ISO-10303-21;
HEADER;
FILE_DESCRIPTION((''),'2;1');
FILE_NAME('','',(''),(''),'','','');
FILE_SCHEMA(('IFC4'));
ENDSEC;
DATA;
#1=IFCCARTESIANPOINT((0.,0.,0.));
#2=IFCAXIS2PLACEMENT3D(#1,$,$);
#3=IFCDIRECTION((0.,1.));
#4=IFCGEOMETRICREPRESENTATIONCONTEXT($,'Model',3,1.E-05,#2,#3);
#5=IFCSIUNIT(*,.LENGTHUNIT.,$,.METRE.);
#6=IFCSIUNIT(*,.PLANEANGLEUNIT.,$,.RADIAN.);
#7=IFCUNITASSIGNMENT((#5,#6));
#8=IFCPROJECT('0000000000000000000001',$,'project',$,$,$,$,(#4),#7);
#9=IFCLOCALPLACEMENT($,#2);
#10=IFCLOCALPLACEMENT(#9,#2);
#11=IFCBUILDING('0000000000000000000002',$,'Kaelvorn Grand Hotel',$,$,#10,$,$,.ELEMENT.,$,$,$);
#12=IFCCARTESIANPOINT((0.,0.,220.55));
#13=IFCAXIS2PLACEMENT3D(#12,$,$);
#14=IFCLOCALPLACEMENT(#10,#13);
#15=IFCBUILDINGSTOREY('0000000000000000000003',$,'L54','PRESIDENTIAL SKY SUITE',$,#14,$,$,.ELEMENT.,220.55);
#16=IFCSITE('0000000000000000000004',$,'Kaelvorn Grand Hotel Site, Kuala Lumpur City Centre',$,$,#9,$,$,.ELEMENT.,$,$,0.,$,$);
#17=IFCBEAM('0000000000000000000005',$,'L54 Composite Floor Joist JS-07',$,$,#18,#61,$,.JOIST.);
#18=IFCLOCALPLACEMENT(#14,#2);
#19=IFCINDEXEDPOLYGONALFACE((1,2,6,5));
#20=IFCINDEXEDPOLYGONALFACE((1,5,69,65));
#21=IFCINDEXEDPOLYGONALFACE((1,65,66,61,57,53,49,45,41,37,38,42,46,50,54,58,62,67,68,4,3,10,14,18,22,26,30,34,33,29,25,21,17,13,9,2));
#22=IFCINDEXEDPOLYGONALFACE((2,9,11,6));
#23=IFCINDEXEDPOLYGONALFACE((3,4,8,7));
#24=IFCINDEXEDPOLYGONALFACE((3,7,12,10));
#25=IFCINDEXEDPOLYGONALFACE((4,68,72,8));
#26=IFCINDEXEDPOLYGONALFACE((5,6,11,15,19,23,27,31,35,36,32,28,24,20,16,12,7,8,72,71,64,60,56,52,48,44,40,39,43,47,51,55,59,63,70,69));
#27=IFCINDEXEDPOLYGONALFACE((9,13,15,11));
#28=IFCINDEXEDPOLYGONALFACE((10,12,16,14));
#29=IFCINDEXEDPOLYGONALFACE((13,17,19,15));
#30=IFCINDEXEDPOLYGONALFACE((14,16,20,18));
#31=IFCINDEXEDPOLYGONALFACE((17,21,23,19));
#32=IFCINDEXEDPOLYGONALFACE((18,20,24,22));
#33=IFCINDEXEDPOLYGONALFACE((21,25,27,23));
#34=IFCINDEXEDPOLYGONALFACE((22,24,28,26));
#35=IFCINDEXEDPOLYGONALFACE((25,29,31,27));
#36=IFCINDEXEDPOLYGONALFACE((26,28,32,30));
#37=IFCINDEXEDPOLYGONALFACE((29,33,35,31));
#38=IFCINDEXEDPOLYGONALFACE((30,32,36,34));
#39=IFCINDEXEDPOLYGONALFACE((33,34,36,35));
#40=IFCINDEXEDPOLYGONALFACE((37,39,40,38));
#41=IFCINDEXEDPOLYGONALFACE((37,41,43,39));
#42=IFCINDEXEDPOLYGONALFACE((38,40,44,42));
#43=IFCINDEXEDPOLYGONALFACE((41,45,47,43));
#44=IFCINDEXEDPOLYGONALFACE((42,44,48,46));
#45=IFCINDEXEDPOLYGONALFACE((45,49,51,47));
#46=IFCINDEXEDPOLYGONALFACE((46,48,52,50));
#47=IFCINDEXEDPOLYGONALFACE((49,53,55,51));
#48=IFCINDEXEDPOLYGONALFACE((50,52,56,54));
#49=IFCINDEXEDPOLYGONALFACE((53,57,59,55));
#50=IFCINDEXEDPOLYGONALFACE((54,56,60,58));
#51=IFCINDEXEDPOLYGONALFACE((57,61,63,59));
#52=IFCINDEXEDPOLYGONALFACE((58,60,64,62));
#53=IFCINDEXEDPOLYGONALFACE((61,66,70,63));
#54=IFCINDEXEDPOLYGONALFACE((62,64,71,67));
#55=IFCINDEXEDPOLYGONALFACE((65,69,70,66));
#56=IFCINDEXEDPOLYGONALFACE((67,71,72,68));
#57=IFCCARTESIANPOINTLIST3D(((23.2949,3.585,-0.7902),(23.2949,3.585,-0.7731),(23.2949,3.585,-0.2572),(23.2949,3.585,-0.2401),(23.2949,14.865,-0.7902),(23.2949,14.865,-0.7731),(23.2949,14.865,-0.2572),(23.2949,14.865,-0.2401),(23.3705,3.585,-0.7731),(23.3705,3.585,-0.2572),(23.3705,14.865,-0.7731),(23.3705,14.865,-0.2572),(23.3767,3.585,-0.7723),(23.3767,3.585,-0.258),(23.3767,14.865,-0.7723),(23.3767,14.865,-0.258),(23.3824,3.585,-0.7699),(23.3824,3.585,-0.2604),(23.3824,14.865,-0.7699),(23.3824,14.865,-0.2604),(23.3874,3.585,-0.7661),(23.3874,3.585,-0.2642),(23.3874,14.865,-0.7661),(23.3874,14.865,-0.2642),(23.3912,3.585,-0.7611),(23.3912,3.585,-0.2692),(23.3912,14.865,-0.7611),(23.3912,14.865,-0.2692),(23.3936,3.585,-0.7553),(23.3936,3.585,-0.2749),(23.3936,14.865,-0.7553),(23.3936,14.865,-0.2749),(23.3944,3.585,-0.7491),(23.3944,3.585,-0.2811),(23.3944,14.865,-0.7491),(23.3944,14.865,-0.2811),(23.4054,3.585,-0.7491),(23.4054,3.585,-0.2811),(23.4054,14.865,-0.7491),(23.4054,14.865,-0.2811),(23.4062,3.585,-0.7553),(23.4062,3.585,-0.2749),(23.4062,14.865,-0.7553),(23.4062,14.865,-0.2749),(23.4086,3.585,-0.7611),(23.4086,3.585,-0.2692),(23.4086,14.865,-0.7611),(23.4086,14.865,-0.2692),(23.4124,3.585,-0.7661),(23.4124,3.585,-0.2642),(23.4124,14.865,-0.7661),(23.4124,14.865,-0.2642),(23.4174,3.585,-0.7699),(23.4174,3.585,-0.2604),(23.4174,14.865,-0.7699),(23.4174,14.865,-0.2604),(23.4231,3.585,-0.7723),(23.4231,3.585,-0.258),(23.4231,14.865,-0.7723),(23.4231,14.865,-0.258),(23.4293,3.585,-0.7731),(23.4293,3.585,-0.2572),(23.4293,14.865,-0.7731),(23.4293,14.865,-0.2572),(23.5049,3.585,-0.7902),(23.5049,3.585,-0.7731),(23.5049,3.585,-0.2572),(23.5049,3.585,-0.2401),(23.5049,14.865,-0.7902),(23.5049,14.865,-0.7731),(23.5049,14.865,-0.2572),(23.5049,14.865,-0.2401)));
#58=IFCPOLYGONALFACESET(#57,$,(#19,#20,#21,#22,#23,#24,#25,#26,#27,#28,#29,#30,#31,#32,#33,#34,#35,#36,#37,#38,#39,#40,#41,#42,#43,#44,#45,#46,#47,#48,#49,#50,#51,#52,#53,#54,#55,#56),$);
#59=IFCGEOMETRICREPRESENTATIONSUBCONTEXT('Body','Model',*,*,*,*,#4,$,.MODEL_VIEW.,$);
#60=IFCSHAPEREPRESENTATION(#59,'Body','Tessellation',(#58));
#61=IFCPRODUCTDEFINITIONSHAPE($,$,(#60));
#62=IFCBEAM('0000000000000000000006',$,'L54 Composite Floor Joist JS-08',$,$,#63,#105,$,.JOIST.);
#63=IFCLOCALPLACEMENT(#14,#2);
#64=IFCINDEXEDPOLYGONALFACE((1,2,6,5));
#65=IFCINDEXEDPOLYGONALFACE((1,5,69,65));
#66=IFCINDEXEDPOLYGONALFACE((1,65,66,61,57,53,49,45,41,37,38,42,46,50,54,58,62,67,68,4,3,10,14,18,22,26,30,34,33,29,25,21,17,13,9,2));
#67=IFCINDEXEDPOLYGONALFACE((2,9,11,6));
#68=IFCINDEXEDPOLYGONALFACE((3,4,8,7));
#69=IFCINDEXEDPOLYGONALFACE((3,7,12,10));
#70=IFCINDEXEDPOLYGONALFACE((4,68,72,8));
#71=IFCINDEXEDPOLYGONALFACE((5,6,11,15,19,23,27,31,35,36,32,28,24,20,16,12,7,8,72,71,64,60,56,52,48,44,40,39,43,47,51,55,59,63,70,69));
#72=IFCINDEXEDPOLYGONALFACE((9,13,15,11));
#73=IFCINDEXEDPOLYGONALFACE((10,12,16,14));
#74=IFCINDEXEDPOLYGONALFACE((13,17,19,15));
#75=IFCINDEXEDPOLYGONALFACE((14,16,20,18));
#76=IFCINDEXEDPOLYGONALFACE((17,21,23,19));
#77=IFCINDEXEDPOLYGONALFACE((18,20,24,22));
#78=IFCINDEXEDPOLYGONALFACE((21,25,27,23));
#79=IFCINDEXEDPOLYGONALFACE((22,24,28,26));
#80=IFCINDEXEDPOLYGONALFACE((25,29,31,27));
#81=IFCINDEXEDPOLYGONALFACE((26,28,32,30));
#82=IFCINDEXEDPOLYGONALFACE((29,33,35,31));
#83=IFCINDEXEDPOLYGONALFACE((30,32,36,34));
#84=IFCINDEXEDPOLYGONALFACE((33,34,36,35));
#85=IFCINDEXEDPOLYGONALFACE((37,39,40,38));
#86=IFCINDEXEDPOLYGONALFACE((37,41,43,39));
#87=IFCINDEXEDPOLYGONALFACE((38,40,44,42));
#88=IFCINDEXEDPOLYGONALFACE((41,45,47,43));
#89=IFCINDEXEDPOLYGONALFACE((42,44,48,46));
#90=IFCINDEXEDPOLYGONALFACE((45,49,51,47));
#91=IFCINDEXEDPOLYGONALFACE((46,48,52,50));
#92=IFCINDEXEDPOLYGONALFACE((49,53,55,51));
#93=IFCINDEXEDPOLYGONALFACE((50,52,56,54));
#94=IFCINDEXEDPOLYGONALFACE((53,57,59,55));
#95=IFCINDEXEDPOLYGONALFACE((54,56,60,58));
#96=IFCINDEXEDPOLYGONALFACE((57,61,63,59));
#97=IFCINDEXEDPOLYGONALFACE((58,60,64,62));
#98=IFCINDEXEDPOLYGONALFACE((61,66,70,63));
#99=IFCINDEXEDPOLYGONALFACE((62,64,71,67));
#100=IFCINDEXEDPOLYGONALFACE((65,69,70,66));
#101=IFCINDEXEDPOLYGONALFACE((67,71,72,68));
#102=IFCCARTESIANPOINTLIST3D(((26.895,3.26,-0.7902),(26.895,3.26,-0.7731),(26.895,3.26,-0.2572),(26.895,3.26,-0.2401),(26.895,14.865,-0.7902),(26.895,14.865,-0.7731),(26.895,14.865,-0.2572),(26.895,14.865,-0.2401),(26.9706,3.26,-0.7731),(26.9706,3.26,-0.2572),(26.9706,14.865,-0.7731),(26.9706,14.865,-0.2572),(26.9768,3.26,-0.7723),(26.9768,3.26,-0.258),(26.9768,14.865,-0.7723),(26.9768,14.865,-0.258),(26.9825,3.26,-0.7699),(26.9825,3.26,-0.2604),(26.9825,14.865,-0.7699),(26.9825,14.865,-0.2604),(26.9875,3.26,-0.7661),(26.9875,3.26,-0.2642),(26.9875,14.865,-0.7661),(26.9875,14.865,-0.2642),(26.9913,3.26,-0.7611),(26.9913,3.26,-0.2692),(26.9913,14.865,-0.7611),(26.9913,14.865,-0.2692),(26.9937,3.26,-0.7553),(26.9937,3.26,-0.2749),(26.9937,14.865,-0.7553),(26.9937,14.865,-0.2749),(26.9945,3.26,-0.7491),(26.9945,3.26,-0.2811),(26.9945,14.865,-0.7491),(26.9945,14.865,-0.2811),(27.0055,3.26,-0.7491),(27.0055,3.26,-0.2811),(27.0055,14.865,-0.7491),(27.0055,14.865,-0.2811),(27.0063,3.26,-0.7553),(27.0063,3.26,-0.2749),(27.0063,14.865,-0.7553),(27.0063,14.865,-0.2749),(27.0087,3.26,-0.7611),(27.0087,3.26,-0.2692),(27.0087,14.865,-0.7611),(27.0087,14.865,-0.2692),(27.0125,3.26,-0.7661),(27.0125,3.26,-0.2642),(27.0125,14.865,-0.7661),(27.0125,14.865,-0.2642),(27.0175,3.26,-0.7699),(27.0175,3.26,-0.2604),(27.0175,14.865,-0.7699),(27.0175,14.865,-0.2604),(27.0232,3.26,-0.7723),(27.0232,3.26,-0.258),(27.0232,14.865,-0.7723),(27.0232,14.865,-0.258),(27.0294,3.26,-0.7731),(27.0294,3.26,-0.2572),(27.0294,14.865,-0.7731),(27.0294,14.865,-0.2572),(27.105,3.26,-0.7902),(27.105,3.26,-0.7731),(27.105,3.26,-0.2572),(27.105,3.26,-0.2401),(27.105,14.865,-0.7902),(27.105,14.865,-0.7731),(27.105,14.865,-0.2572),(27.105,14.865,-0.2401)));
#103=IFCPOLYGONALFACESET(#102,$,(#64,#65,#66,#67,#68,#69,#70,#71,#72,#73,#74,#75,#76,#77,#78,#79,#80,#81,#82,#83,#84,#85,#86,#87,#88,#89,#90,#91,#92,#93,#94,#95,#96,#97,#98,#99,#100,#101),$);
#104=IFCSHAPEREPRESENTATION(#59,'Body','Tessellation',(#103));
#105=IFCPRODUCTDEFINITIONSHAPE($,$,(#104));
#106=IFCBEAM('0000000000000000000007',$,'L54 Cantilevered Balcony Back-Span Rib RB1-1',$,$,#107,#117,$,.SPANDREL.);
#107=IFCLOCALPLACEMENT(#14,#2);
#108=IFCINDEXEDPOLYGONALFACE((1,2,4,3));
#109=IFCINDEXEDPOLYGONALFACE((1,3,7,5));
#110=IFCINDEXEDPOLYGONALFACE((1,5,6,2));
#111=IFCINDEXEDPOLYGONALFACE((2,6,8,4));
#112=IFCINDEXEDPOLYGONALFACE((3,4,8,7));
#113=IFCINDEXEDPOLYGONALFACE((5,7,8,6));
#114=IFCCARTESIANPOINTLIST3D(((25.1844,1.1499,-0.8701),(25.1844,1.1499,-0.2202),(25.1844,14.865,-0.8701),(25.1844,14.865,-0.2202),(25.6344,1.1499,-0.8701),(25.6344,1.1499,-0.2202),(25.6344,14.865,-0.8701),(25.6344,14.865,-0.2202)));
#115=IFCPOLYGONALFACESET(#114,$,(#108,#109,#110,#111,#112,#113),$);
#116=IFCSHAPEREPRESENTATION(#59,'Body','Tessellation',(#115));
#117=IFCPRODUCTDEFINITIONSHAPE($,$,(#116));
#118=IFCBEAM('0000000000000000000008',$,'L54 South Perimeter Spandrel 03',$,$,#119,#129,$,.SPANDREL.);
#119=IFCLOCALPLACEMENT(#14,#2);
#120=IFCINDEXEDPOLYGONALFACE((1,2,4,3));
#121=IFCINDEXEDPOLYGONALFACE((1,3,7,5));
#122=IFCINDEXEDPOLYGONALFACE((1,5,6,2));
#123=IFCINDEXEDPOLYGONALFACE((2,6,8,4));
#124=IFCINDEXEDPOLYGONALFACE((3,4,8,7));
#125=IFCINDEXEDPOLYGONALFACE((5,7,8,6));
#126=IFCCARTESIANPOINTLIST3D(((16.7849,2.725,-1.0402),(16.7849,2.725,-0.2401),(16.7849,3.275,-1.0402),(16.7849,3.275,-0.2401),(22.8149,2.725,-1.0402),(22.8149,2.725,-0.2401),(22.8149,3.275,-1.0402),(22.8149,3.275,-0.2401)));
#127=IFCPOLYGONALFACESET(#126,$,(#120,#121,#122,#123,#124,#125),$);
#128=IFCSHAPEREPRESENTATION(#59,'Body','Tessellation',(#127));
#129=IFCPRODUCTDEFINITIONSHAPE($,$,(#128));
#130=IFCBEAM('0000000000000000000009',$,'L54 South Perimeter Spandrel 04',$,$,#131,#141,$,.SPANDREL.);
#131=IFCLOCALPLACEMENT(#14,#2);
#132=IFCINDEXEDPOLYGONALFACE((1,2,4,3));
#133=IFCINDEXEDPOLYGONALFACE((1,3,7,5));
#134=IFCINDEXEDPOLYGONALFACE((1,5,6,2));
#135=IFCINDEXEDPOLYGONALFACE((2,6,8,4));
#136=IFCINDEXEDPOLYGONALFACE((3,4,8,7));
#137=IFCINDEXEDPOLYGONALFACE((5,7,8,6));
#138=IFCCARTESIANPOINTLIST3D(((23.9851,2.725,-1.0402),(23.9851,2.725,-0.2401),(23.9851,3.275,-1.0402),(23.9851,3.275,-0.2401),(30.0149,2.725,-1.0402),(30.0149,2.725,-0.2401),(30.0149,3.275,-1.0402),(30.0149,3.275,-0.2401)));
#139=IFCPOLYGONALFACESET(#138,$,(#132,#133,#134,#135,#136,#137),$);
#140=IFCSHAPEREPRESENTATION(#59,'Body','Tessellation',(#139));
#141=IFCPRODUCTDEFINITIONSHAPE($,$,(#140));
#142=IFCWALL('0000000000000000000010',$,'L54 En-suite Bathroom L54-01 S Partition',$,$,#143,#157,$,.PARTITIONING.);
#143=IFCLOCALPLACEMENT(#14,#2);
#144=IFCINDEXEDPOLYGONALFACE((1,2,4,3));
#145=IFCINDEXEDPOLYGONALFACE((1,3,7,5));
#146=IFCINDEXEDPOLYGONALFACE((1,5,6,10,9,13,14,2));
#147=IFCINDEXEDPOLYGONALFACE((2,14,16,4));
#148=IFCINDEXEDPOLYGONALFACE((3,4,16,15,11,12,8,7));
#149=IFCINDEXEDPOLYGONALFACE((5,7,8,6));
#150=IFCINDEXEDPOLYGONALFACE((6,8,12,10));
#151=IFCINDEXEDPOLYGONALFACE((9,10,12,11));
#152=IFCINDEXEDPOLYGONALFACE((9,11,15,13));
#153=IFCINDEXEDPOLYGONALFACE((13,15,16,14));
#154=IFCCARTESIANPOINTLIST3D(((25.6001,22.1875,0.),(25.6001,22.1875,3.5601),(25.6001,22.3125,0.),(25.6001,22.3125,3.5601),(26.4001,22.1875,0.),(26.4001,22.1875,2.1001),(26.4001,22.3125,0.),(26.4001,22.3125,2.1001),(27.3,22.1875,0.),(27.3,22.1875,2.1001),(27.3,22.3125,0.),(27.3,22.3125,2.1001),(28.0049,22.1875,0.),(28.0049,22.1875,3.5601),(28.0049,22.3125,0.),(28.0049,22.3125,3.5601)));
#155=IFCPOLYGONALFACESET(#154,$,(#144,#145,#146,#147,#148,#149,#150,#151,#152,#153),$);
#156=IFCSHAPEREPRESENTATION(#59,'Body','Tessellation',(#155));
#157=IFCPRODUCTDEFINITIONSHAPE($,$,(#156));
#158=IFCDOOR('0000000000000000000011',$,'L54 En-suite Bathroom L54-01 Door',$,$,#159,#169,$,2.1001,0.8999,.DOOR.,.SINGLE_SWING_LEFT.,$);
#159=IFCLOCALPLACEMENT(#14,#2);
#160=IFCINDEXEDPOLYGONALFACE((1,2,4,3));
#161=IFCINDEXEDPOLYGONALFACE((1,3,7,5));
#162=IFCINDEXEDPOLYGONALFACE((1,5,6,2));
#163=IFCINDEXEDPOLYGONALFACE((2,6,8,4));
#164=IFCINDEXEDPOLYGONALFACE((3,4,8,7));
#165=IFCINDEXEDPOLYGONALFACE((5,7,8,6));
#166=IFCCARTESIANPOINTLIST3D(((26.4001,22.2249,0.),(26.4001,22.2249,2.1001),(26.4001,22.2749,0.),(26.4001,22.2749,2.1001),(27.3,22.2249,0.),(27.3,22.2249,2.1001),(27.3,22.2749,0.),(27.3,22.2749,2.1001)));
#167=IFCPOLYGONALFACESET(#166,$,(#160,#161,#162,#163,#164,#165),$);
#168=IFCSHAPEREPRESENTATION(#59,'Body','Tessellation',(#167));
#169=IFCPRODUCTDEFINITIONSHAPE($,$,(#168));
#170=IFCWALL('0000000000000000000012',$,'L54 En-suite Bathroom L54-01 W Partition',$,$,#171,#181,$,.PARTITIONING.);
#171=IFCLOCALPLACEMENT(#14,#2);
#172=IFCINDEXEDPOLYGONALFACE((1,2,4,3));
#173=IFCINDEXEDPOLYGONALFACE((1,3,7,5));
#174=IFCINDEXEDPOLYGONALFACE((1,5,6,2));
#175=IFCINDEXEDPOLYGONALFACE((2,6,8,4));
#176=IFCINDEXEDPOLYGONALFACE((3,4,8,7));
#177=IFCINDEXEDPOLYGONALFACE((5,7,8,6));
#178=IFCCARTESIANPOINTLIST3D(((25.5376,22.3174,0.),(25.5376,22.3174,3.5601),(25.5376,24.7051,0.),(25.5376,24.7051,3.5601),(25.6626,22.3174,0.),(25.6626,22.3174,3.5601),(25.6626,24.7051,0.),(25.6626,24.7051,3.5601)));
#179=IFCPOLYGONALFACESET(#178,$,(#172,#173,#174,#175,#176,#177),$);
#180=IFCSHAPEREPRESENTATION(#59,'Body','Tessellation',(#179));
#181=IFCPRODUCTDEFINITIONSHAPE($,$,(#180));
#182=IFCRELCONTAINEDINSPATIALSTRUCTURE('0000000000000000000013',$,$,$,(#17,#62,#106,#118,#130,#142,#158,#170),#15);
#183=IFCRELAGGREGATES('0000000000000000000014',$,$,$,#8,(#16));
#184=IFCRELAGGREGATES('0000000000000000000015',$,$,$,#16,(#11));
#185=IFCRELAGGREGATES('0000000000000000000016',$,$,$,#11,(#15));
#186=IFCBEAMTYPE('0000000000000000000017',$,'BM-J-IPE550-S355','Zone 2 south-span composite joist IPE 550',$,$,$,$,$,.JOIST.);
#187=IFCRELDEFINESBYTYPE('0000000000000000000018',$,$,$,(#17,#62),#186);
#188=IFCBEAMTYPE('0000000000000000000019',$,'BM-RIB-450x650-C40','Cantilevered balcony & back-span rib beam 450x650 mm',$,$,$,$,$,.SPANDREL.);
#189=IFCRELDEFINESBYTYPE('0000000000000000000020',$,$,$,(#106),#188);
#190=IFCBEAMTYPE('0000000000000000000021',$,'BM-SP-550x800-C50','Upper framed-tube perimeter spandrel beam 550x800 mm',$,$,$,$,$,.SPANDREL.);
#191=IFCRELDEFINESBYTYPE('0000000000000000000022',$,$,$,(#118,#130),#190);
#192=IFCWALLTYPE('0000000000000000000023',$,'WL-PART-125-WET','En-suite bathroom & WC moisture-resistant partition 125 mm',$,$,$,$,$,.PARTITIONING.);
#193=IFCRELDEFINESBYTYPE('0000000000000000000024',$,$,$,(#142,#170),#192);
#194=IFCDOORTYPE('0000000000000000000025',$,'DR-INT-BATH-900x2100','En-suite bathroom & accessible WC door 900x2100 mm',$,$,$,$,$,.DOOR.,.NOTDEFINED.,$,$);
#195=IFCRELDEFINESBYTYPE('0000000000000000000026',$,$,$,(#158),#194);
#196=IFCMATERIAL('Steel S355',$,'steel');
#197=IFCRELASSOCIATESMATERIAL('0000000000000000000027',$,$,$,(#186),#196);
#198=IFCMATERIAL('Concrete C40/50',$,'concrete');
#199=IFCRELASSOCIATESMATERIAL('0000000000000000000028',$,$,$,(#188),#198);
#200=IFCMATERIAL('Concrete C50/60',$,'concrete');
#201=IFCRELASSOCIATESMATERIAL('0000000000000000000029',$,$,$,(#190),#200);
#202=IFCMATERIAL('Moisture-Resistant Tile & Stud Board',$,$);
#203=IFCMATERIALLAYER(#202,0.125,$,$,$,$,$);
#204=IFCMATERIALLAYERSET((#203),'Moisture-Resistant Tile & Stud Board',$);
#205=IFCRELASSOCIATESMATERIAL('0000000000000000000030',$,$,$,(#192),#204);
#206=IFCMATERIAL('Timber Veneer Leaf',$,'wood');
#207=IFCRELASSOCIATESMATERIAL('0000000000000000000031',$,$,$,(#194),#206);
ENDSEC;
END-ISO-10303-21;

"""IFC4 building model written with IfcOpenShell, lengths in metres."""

from ifc_helpers import new_model, si_unit, direction, frame, frame_2d, origin, origin_2d, place, context, subcontext, project, spatial, rectangle, i_section, extrude, material, layer, layer_set, material_profile, profile_set, type_object, element, fill, save


model = new_model("IFC4")

# Units and contexts
model_context = context("Model", 3, precision=1e-05, world=origin(), true_north=direction((0.0, 1.0)))
body_context = subcontext(model_context, "Body", "Model", "MODEL_VIEW")
ifc_project = project(units=[si_unit("LENGTHUNIT", "METRE"), si_unit("PLANEANGLEUNIT", "RADIAN")], contexts=[model_context])

# Site, building, storey
site_placement = place(None, origin())
site = spatial("IfcSite", under=ifc_project, at=site_placement, Name="Kaelvorn Grand Hotel Site, Kuala Lumpur City Centre", CompositionType="ELEMENT", RefElevation=0.0)
building_placement = place(site_placement, origin())
building = spatial("IfcBuilding", under=site, at=building_placement, Name="Kaelvorn Grand Hotel", CompositionType="ELEMENT")
storey_placement = place(building_placement, frame((0.0, 0.0, 220.55)))
storey = spatial("IfcBuildingStorey", under=building, at=storey_placement, Name="L54", Description="PRESIDENTIAL SKY SUITE", CompositionType="ELEMENT", Elevation=220.55)

# Beams
ifc_material_1 = material(Name="Steel S355", Category="steel")
ifc_material_profile_1 = material_profile(ifc_material_1, i_section(OverallWidth=0.21, OverallDepth=0.55, WebThickness=0.011, FlangeThickness=0.0171, FilletRadius=0.0239, at=origin_2d()), Name="IPE 550")
ifc_profile_set_1 = profile_set([ifc_material_profile_1], Name="Steel S355")
beam_type_1 = type_object("IfcBeamType", Name="BM-J-IPE550-S355", Description="Zone 2 south-span composite joist IPE 550", PredefinedType="JOIST", material=ifc_profile_set_1)
beam_1_placement = place(storey_placement, frame((23.3999, 3.585, -0.5151), z_axis=(0.0, 1.0, 0.0), x_axis=(-1.0, 0.0, 0.0)))
element("IfcBeam", 1, at=beam_1_placement, inside=storey, type_object=beam_type_1, Name="L54 Composite Floor Joist JS-07", PredefinedType="JOIST", context=body_context, shape_type="SweptSolid", body=[
    extrude(i_section(OverallWidth=0.21, OverallDepth=0.55, WebThickness=0.011, FlangeThickness=0.0171, FilletRadius=0.0239, at=origin_2d()), origin(), (0.0, 0.0, 1.0), 11.28),
])
beam_2_placement = place(storey_placement, frame((27.0, 3.26, -0.5151), z_axis=(0.0, 1.0, 0.0), x_axis=(-1.0, 0.0, 0.0)))
element("IfcBeam", 2, at=beam_2_placement, inside=storey, type_object=beam_type_1, Name="L54 Composite Floor Joist JS-08", PredefinedType="JOIST", context=body_context, shape_type="SweptSolid", body=[
    extrude(i_section(OverallWidth=0.21, OverallDepth=0.55, WebThickness=0.011, FlangeThickness=0.0171, FilletRadius=0.0239, at=origin_2d()), origin(), (0.0, 0.0, 1.0), 11.605),
])
ifc_material_2 = material(Name="Concrete C40/50", Category="concrete")
ifc_material_profile_2 = material_profile(ifc_material_2, rectangle(XDim=0.45, YDim=0.6499, at=origin_2d()), Name="RC RIB 450x650")
ifc_profile_set_2 = profile_set([ifc_material_profile_2], Name="Concrete C40/50")
beam_type_2 = type_object("IfcBeamType", Name="BM-RIB-450x650-C40", Description="Cantilevered balcony & back-span rib beam 450x650 mm", PredefinedType="SPANDREL", material=ifc_profile_set_2)
beam_3_placement = place(storey_placement, frame((25.4094, 1.1499, -0.5452), z_axis=(0.0, 1.0, 0.0), x_axis=(-1.0, 0.0, 0.0)))
element("IfcBeam", 3, at=beam_3_placement, inside=storey, type_object=beam_type_2, Name="L54 Cantilevered Balcony Back-Span Rib RB1-1", PredefinedType="SPANDREL", context=body_context, shape_type="SweptSolid", body=[
    extrude(rectangle(XDim=0.45, YDim=0.6499, at=origin_2d()), origin(), (0.0, 0.0, 1.0), 13.7151),
])
ifc_material_3 = material(Name="Concrete C50/60", Category="concrete")
ifc_material_profile_3 = material_profile(ifc_material_3, rectangle(XDim=0.55, YDim=0.8, at=origin_2d()), Name="RC SPANDREL 550x800")
ifc_profile_set_3 = profile_set([ifc_material_profile_3], Name="Concrete C50/60")
beam_type_3 = type_object("IfcBeamType", Name="BM-SP-550x800-C50", Description="Upper framed-tube perimeter spandrel beam 550x800 mm", PredefinedType="SPANDREL", material=ifc_profile_set_3)
beam_4_placement = place(storey_placement, frame((16.7849, 3.0, -0.6401), z_axis=(1.0, 0.0, 0.0), x_axis=(0.0, 1.0, 0.0)))
element("IfcBeam", 4, at=beam_4_placement, inside=storey, type_object=beam_type_3, Name="L54 South Perimeter Spandrel 03", PredefinedType="SPANDREL", context=body_context, shape_type="SweptSolid", body=[
    extrude(rectangle(XDim=0.55, YDim=0.8, at=origin_2d()), origin(), (0.0, 0.0, 1.0), 6.03),
])
beam_5_placement = place(storey_placement, frame((23.9851, 3.0, -0.6401), z_axis=(1.0, 0.0, 0.0), x_axis=(0.0, 1.0, 0.0)))
element("IfcBeam", 5, at=beam_5_placement, inside=storey, type_object=beam_type_3, Name="L54 South Perimeter Spandrel 04", PredefinedType="SPANDREL", context=body_context, shape_type="SweptSolid", body=[
    extrude(rectangle(XDim=0.55, YDim=0.8, at=origin_2d()), origin(), (0.0, 0.0, 1.0), 6.0298),
])

# Wall, opening, door
ifc_material_4 = material(Name="Moisture-Resistant Tile & Stud Board")
ifc_layer_1 = layer(ifc_material_4, 0.125)
ifc_layer_set_1 = layer_set([ifc_layer_1], Name="Moisture-Resistant Tile & Stud Board")
wall_type_1 = type_object("IfcWallType", Name="WL-PART-125-WET", Description="En-suite bathroom & WC moisture-resistant partition 125 mm", PredefinedType="PARTITIONING", material=ifc_layer_set_1)
wall_1_placement = place(storey_placement, frame((25.6001, 22.25, 0.0), z_axis=(0.0, 0.0, 1.0), x_axis=(1.0, 0.0, 0.0)))
wall_1 = element("IfcWall", 6, at=wall_1_placement, inside=storey, type_object=wall_type_1, Name="L54 En-suite Bathroom L54-01 S Partition", PredefinedType="PARTITIONING", context=body_context, shape_type="SweptSolid", body=[
    extrude(rectangle(XDim=2.4048, YDim=0.125, at=frame_2d((1.2024, 0.0))), origin(), (0.0, 0.0, 1.0), 3.5601),
])
opening_1_placement = place(wall_1_placement, frame((0.8, 0.0, 0.0)))
opening_1 = element("IfcOpeningElement", 7, at=opening_1_placement, cuts=wall_1, PredefinedType="OPENING", context=body_context, shape_type="SweptSolid", body=[
    extrude(rectangle(XDim=0.8999, YDim=2.1001, at=frame_2d((0.45, 1.05))), frame((0.0, 0.0725, 0.0), z_axis=(0.0, -1.0, 0.0), x_axis=(1.0, 0.0, 0.0)), (0.0, 0.0, 1.0), 0.145),
])
ifc_material_5 = material(Name="Timber Veneer Leaf", Category="wood")
door_type_1 = type_object("IfcDoorType", Name="DR-INT-BATH-900x2100", Description="En-suite bathroom & accessible WC door 900x2100 mm", OperationType="NOTDEFINED", PredefinedType="DOOR", material=ifc_material_5)
door_1_placement = place(opening_1_placement, origin())
door_1 = element("IfcDoor", 8, at=door_1_placement, inside=storey, type_object=door_type_1, Name="L54 En-suite Bathroom L54-01 Door", OperationType="SINGLE_SWING_LEFT", OverallHeight=2.1001, OverallWidth=0.8999, PredefinedType="DOOR", context=body_context, shape_type="SweptSolid", body=[
    extrude(rectangle(XDim=0.8999, YDim=2.1001, at=frame_2d((0.45, 1.05))), frame((0.0, 0.0249, 0.0), z_axis=(0.0, -1.0, 0.0), x_axis=(1.0, 0.0, 0.0)), (0.0, 0.0, 1.0), 0.05),
])
fill(opening_1, door_1)

# Wall
wall_2_placement = place(storey_placement, frame((25.6001, 22.3174, 0.0), z_axis=(0.0, 0.0, 1.0), x_axis=(0.0, 1.0, 0.0)))
element("IfcWall", 9, at=wall_2_placement, inside=storey, type_object=wall_type_1, Name="L54 En-suite Bathroom L54-01 W Partition", PredefinedType="PARTITIONING", context=body_context, shape_type="SweptSolid", body=[
    extrude(rectangle(XDim=2.3877, YDim=0.125, at=frame_2d((1.1938, 0.0))), origin(), (0.0, 0.0, 1.0), 3.5601),
])

save(model, "model.ifc")
